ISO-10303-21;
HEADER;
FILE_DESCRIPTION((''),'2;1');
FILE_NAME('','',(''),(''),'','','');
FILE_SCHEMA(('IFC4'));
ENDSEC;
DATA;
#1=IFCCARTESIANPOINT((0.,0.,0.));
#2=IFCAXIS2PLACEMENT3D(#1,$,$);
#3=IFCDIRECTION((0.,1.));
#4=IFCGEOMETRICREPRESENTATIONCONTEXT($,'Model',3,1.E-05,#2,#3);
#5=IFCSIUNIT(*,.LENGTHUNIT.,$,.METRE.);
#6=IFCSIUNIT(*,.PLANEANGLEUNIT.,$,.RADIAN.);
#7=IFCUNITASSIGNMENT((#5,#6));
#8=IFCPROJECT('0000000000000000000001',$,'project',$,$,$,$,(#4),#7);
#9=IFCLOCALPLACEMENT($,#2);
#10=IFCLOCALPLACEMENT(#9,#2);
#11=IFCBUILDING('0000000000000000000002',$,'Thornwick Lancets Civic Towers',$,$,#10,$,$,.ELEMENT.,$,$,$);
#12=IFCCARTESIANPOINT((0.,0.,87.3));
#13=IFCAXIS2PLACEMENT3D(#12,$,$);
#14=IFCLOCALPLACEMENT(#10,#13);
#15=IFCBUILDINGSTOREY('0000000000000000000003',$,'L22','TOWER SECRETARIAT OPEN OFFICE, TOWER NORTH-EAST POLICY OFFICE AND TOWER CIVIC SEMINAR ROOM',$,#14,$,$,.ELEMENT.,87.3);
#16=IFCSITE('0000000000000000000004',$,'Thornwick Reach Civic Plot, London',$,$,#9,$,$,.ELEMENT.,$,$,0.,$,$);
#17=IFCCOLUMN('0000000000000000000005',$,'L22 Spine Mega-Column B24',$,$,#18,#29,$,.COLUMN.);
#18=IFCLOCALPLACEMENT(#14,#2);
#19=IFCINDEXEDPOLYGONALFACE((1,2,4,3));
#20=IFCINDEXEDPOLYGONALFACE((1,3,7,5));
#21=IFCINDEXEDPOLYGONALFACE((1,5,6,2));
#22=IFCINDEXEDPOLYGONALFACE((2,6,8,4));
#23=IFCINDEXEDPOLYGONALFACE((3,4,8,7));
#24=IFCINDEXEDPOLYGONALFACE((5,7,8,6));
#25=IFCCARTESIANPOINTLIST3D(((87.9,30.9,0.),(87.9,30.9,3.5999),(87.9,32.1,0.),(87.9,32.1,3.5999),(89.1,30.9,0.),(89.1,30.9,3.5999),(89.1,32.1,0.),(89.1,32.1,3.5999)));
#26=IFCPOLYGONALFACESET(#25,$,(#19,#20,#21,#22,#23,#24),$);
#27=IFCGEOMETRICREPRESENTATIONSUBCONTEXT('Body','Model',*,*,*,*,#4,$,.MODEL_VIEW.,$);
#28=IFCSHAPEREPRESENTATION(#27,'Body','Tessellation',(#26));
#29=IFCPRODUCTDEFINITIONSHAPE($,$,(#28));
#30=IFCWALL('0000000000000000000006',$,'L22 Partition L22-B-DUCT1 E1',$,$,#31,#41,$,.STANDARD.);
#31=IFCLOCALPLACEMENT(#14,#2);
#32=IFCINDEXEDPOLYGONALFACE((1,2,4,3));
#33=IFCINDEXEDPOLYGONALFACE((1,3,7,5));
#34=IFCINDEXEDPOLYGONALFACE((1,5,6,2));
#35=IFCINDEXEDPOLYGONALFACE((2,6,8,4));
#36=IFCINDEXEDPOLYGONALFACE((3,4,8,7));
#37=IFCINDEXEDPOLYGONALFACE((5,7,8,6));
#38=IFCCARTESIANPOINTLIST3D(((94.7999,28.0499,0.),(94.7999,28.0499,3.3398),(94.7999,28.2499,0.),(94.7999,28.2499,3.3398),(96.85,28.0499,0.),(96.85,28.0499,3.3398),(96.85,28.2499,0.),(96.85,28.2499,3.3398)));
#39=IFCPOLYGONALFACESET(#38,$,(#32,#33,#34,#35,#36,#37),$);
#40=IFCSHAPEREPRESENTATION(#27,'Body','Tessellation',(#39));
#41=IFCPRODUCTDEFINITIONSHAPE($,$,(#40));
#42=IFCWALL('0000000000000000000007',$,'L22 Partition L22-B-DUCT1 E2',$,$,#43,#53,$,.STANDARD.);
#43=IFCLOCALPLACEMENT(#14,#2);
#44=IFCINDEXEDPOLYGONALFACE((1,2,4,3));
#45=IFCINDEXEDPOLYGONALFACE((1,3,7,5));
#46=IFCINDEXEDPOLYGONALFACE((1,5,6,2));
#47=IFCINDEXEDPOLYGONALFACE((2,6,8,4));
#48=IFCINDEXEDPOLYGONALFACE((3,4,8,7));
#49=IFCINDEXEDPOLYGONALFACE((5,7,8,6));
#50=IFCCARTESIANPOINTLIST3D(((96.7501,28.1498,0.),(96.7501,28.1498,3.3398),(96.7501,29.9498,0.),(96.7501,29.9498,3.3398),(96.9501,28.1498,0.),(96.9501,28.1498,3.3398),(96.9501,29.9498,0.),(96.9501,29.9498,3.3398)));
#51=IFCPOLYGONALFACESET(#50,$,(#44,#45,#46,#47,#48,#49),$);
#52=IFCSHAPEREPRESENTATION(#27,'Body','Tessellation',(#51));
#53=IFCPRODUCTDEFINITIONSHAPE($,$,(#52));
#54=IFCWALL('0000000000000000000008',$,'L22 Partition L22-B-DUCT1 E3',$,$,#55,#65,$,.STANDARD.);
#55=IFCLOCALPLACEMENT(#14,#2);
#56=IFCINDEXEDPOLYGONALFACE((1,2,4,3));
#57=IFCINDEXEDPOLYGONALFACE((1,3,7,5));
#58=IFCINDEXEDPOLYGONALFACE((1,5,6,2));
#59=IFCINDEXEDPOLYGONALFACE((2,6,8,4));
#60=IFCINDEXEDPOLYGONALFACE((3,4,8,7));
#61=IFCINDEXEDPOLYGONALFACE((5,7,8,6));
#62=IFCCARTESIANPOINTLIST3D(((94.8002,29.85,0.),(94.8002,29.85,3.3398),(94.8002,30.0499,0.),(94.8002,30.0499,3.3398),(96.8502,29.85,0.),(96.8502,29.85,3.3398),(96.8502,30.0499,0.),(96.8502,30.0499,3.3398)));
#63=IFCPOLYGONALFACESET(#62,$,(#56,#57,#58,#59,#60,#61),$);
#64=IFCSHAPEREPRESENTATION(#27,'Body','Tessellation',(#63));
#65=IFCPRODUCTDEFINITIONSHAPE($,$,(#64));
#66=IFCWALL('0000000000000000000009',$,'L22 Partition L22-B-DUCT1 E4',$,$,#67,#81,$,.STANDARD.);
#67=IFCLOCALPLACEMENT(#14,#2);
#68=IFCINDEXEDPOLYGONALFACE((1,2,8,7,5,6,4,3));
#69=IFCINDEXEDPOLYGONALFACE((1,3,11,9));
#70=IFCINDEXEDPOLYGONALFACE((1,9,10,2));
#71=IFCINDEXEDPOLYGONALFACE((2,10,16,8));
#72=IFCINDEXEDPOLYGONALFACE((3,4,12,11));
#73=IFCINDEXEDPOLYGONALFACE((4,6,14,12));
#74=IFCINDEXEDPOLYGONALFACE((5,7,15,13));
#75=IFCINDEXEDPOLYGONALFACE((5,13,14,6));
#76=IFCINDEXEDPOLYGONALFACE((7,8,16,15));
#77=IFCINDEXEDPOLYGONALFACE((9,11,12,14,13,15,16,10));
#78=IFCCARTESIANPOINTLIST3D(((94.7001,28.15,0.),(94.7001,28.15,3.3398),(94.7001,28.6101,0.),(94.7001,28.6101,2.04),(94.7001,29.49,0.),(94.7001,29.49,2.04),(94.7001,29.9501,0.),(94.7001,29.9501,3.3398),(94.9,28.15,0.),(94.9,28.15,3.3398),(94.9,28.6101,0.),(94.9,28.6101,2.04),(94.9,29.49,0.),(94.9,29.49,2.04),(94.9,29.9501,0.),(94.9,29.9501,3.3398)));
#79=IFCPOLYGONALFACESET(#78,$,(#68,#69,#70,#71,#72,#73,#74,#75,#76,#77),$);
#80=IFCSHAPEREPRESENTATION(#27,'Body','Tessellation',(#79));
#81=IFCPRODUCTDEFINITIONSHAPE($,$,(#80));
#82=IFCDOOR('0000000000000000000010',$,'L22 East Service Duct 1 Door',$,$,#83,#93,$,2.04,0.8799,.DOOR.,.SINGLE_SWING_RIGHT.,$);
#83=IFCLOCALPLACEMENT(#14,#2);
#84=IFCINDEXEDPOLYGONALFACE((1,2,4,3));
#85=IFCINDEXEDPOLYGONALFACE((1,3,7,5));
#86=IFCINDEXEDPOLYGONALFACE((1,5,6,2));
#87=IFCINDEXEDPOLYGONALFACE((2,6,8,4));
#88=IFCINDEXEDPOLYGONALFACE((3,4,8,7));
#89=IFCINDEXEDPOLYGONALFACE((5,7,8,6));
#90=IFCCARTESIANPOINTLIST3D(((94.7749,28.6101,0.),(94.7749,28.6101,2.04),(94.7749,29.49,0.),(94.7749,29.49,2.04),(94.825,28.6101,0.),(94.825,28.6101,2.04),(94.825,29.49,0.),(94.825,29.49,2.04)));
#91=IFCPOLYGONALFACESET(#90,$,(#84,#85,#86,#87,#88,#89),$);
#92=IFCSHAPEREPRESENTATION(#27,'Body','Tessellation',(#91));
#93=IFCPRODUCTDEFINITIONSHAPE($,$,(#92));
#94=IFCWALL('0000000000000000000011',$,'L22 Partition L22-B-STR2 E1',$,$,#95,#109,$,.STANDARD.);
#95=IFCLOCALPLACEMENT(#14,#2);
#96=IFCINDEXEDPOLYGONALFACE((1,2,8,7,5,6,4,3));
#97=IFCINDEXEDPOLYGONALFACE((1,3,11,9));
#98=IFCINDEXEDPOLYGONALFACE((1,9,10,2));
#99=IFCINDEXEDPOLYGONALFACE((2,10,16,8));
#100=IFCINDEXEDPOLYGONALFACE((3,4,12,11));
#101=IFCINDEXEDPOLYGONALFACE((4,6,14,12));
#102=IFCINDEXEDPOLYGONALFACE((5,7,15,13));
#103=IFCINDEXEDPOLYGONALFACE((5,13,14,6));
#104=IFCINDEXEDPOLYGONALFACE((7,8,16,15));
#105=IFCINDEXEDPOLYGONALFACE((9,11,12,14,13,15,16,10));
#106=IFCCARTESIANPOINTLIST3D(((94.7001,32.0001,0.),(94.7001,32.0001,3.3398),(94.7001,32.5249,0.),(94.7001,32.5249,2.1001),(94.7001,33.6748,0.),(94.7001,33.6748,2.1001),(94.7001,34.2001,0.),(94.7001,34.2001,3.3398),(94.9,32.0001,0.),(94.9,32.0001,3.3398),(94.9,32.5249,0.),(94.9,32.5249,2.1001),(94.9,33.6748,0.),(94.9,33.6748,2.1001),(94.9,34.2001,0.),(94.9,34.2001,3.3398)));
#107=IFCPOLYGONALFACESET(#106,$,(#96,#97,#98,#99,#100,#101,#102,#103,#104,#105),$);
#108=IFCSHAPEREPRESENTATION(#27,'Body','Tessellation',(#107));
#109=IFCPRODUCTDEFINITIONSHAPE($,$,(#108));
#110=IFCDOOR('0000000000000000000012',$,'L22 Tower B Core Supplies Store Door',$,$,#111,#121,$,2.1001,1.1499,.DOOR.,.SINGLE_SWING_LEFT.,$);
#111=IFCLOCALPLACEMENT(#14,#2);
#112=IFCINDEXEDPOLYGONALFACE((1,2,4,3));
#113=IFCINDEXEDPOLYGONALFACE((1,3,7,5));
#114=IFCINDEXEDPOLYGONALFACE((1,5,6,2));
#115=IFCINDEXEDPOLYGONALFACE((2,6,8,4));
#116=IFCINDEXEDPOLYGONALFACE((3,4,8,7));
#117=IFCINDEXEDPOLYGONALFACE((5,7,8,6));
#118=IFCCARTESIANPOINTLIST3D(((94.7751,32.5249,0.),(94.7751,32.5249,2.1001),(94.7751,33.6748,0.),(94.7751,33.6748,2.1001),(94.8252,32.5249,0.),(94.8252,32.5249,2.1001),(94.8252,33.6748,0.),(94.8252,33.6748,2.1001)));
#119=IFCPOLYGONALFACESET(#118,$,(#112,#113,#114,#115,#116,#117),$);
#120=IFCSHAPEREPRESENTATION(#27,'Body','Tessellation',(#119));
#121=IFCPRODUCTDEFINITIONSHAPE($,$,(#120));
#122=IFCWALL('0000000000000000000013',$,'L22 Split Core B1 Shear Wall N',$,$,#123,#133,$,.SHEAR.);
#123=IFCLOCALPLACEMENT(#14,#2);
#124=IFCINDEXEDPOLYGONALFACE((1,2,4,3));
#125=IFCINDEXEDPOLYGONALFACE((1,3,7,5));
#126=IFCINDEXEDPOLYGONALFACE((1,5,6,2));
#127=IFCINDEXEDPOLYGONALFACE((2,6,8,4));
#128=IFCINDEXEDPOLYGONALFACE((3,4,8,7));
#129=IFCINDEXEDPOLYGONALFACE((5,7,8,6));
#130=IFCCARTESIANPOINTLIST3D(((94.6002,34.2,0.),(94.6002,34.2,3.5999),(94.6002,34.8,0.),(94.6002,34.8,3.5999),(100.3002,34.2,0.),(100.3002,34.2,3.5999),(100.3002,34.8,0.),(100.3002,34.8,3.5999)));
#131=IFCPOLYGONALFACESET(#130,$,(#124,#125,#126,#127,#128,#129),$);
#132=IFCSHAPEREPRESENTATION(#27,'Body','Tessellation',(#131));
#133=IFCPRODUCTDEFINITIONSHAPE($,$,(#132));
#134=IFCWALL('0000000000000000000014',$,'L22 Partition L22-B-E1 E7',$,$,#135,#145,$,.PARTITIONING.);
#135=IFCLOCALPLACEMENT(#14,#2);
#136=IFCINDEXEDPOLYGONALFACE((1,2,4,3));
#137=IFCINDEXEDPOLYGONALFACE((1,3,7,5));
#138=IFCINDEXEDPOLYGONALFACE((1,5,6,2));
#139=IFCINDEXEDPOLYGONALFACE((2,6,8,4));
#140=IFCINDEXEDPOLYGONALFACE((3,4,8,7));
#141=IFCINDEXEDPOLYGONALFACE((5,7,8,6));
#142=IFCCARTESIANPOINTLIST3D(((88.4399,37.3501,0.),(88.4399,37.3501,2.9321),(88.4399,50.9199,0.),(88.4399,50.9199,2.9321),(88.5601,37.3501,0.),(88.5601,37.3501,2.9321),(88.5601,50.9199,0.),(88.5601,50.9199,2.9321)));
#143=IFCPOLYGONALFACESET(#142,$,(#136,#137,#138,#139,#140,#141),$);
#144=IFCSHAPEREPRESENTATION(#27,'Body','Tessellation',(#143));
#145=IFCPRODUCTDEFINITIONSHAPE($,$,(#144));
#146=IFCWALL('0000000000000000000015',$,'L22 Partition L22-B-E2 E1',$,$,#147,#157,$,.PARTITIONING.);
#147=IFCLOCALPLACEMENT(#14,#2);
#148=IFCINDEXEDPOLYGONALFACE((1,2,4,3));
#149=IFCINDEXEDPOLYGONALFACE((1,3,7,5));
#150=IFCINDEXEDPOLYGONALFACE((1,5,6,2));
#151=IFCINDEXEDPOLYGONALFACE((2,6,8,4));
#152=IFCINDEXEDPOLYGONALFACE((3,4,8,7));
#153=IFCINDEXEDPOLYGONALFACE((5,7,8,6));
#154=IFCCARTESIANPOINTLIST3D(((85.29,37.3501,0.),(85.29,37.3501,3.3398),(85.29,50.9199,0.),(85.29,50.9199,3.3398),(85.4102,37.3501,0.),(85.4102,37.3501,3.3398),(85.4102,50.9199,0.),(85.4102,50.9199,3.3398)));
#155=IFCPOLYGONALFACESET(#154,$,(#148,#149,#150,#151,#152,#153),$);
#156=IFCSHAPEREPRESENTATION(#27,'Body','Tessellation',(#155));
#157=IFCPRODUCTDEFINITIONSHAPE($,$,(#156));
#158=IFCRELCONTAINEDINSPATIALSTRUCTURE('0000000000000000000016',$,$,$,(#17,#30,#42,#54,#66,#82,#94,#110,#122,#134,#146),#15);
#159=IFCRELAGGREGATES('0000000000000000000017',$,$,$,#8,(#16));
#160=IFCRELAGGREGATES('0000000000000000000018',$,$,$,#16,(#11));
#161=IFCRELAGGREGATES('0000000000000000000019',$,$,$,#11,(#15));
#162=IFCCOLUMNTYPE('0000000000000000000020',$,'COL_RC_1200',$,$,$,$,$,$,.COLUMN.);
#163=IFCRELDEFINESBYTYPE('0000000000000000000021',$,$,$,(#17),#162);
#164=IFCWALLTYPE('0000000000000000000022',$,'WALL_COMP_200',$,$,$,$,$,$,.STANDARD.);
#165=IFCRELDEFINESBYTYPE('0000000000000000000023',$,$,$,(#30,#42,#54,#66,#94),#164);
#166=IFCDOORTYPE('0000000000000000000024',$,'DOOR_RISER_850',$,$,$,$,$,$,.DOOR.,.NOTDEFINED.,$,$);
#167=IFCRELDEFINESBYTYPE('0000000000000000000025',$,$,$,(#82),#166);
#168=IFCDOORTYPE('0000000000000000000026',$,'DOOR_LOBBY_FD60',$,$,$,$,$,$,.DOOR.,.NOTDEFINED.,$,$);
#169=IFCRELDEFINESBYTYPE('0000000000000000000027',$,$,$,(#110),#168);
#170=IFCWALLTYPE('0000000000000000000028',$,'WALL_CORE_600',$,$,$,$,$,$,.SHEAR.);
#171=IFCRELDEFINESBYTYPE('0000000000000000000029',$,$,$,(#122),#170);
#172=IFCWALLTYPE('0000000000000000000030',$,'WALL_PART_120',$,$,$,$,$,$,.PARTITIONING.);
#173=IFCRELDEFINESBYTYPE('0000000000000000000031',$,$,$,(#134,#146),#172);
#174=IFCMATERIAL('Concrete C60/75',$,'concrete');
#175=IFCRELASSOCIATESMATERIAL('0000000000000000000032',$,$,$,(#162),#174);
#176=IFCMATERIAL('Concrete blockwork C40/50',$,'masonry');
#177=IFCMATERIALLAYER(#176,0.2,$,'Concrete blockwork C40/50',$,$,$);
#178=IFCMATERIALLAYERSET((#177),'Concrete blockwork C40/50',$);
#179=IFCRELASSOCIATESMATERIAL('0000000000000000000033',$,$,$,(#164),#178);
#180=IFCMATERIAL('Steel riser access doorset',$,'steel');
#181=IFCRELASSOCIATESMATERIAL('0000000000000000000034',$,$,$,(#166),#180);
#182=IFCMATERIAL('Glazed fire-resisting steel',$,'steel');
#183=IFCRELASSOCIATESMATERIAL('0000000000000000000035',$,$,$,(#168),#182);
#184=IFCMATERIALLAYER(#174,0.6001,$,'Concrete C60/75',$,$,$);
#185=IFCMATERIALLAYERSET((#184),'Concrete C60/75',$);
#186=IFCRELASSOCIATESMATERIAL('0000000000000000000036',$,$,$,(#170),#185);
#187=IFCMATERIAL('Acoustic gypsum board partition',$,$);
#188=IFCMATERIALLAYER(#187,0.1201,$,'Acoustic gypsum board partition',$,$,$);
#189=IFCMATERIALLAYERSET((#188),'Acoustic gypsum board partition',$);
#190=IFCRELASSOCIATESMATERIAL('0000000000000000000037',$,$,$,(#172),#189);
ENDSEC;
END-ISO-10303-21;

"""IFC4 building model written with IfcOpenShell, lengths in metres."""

from ifc_helpers import new_model, si_unit, direction, frame, frame_2d, origin, origin_2d, place, context, subcontext, project, spatial, rectangle, extrude, material, layer, layer_set, material_profile, profile_set, type_object, element, fill, save


model = new_model("IFC4")

# Units and contexts
model_context = context("Model", 3, precision=1e-05, world=origin(), true_north=direction((0.0, 1.0)))
body_context = subcontext(model_context, "Body", "Model", "MODEL_VIEW")
ifc_project = project(units=[si_unit("LENGTHUNIT", "METRE"), si_unit("PLANEANGLEUNIT", "RADIAN")], contexts=[model_context])

# Site, building, storey
site_placement = place(None, origin())
site = spatial("IfcSite", under=ifc_project, at=site_placement, Name="Thornwick Reach Civic Plot, London", CompositionType="ELEMENT", RefElevation=0.0)
building_placement = place(site_placement, origin())
building = spatial("IfcBuilding", under=site, at=building_placement, Name="Thornwick Lancets Civic Towers", CompositionType="ELEMENT")
storey_placement = place(building_placement, frame((0.0, 0.0, 87.3)))
storey = spatial("IfcBuildingStorey", under=building, at=storey_placement, Name="L22", Description="TOWER SECRETARIAT OPEN OFFICE, TOWER NORTH-EAST POLICY OFFICE AND TOWER CIVIC SEMINAR ROOM", CompositionType="ELEMENT", Elevation=87.3)

# Column
ifc_material_1 = material(Name="Concrete C60/75", Category="concrete")
ifc_material_profile = material_profile(ifc_material_1, rectangle(XDim=1.2, YDim=1.2, at=origin_2d()), Name="RC 1200x1200")
ifc_profile_set = profile_set([ifc_material_profile], Name="Concrete C60/75")
column_type = type_object("IfcColumnType", Name="COL_RC_1200", PredefinedType="COLUMN", material=ifc_profile_set)
column_placement = place(storey_placement, frame((88.5, 31.5, 0.0), z_axis=(0.0, 0.0, 1.0), x_axis=(1.0, 0.0, 0.0)))
element("IfcColumn", 1, at=column_placement, inside=storey, type_object=column_type, Name="L22 Spine Mega-Column B24", PredefinedType="COLUMN", context=body_context, shape_type="SweptSolid", body=[
    extrude(rectangle(XDim=1.2, YDim=1.2, at=origin_2d()), origin(), (0.0, 0.0, 1.0), 3.5999),
])

# Walls
ifc_material_2 = material(Name="Concrete blockwork C40/50", Category="masonry")
ifc_layer_1 = layer(ifc_material_2, 0.2, Name="Concrete blockwork C40/50")
ifc_layer_set_1 = layer_set([ifc_layer_1], Name="Concrete blockwork C40/50")
wall_type_1 = type_object("IfcWallType", Name="WALL_COMP_200", PredefinedType="STANDARD", material=ifc_layer_set_1)
wall_1_placement = place(storey_placement, frame((94.8, 28.1499, 0.0), z_axis=(0.0, 0.0, 1.0), x_axis=(1.0, 0.0, 0.0)))
element("IfcWall", 2, at=wall_1_placement, inside=storey, type_object=wall_type_1, Name="L22 Partition L22-B-DUCT1 E1", PredefinedType="STANDARD", context=body_context, shape_type="SweptSolid", body=[
    extrude(rectangle(XDim=2.05, YDim=0.2, at=frame_2d((1.0249, 0.0))), origin(), (0.0, 0.0, 1.0), 3.3398),
])
wall_2_placement = place(storey_placement, frame((96.8501, 28.1499, 0.0), z_axis=(0.0, 0.0, 1.0), x_axis=(0.0, 1.0, 0.0)))
element("IfcWall", 3, at=wall_2_placement, inside=storey, type_object=wall_type_1, Name="L22 Partition L22-B-DUCT1 E2", PredefinedType="STANDARD", context=body_context, shape_type="SweptSolid", body=[
    extrude(rectangle(XDim=1.8, YDim=0.2, at=frame_2d((0.8999, 0.0))), origin(), (0.0, 0.0, 1.0), 3.3398),
])
wall_3_placement = place(storey_placement, frame((96.8501, 29.95, 0.0), z_axis=(0.0, 0.0, 1.0), x_axis=(-1.0, 0.0, 0.0)))
element("IfcWall", 4, at=wall_3_placement, inside=storey, type_object=wall_type_1, Name="L22 Partition L22-B-DUCT1 E3", PredefinedType="STANDARD", context=body_context, shape_type="SweptSolid", body=[
    extrude(rectangle(XDim=2.05, YDim=0.2, at=frame_2d((1.0249, 0.0))), origin(), (0.0, 0.0, 1.0), 3.3398),
])

# Walls, openings, doors
wall_4_placement = place(storey_placement, frame((94.8, 29.95, 0.0), z_axis=(0.0, 0.0, 1.0), x_axis=(0.0, -1.0, 0.0)))
wall_4 = element("IfcWall", 5, at=wall_4_placement, inside=storey, type_object=wall_type_1, Name="L22 Partition L22-B-DUCT1 E4", PredefinedType="STANDARD", context=body_context, shape_type="SweptSolid", body=[
    extrude(rectangle(XDim=1.8, YDim=0.2, at=frame_2d((0.8999, 0.0))), origin(), (0.0, 0.0, 1.0), 3.3398),
])
opening_1_placement = place(wall_4_placement, frame((0.46, 0.0, 0.0)))
opening_1 = element("IfcOpeningElement", 6, at=opening_1_placement, cuts=wall_4, PredefinedType="OPENING", context=body_context, shape_type="SweptSolid", body=[
    extrude(rectangle(XDim=0.8799, YDim=2.04, at=frame_2d((0.4399, 1.02))), frame((0.0, 0.1099, 0.0), z_axis=(0.0, -1.0, 0.0), x_axis=(1.0, 0.0, 0.0)), (0.0, 0.0, 1.0), 0.22),
])
ifc_material_3 = material(Name="Steel riser access doorset", Category="steel")
door_type_1 = type_object("IfcDoorType", Name="DOOR_RISER_850", OperationType="NOTDEFINED", PredefinedType="DOOR", material=ifc_material_3)
door_1_placement = place(opening_1_placement, origin())
door_1 = element("IfcDoor", 7, at=door_1_placement, inside=storey, type_object=door_type_1, Name="L22 East Service Duct 1 Door", OperationType="SINGLE_SWING_RIGHT", OverallHeight=2.04, OverallWidth=0.8799, PredefinedType="DOOR", context=body_context, shape_type="SweptSolid", body=[
    extrude(rectangle(XDim=0.8799, YDim=2.04, at=frame_2d((0.4399, 1.02))), frame((0.0, 0.0249, 0.0), z_axis=(0.0, -1.0, 0.0), x_axis=(1.0, 0.0, 0.0)), (0.0, 0.0, 1.0), 0.05),
])
fill(opening_1, door_1)
wall_5_placement = place(storey_placement, frame((94.8, 32.0, 0.0), z_axis=(0.0, 0.0, 1.0), x_axis=(0.0, 1.0, 0.0)))
wall_5 = element("IfcWall", 8, at=wall_5_placement, inside=storey, type_object=wall_type_1, Name="L22 Partition L22-B-STR2 E1", PredefinedType="STANDARD", context=body_context, shape_type="SweptSolid", body=[
    extrude(rectangle(XDim=2.2, YDim=0.2, at=frame_2d((1.1001, 0.0))), origin(), (0.0, 0.0, 1.0), 3.3398),
])
opening_2_placement = place(wall_5_placement, frame((0.5249, 0.0, 0.0)))
opening_2 = element("IfcOpeningElement", 9, at=opening_2_placement, cuts=wall_5, PredefinedType="OPENING", context=body_context, shape_type="SweptSolid", body=[
    extrude(rectangle(XDim=1.1499, YDim=2.1001, at=frame_2d((0.575, 1.05))), frame((0.0, 0.1099, 0.0), z_axis=(0.0, -1.0, 0.0), x_axis=(1.0, 0.0, 0.0)), (0.0, 0.0, 1.0), 0.22),
])
ifc_material_4 = material(Name="Glazed fire-resisting steel", Category="steel")
door_type_2 = type_object("IfcDoorType", Name="DOOR_LOBBY_FD60", OperationType="NOTDEFINED", PredefinedType="DOOR", material=ifc_material_4)
door_2_placement = place(opening_2_placement, origin())
door_2 = element("IfcDoor", 10, at=door_2_placement, inside=storey, type_object=door_type_2, Name="L22 Tower B Core Supplies Store Door", OperationType="SINGLE_SWING_LEFT", OverallHeight=2.1001, OverallWidth=1.1499, PredefinedType="DOOR", context=body_context, shape_type="SweptSolid", body=[
    extrude(rectangle(XDim=1.1499, YDim=2.1001, at=frame_2d((0.575, 1.05))), frame((0.0, 0.0249, 0.0), z_axis=(0.0, -1.0, 0.0), x_axis=(1.0, 0.0, 0.0)), (0.0, 0.0, 1.0), 0.05),
])
fill(opening_2, door_2)

# Walls
ifc_layer_2 = layer(ifc_material_1, 0.6001, Name="Concrete C60/75")
ifc_layer_set_2 = layer_set([ifc_layer_2], Name="Concrete C60/75")
wall_type_2 = type_object("IfcWallType", Name="WALL_CORE_600", PredefinedType="SHEAR", material=ifc_layer_set_2)
wall_6_placement = place(storey_placement, frame((94.6001, 34.5, 0.0), z_axis=(0.0, 0.0, 1.0), x_axis=(1.0, 0.0, 0.0)))
element("IfcWall", 11, at=wall_6_placement, inside=storey, type_object=wall_type_2, Name="L22 Split Core B1 Shear Wall N", PredefinedType="SHEAR", context=body_context, shape_type="SweptSolid", body=[
    extrude(rectangle(XDim=5.7, YDim=0.6001, at=frame_2d((2.8501, 0.0))), origin(), (0.0, 0.0, 1.0), 3.5999),
])
ifc_material_5 = material(Name="Acoustic gypsum board partition")
ifc_layer_3 = layer(ifc_material_5, 0.1201, Name="Acoustic gypsum board partition")
ifc_layer_set_3 = layer_set([ifc_layer_3], Name="Acoustic gypsum board partition")
wall_type_3 = type_object("IfcWallType", Name="WALL_PART_120", PredefinedType="PARTITIONING", material=ifc_layer_set_3)
wall_7_placement = place(storey_placement, frame((88.5, 37.3501, 0.0), z_axis=(0.0, 0.0, 1.0), x_axis=(0.0, 1.0, 0.0)))
element("IfcWall", 12, at=wall_7_placement, inside=storey, type_object=wall_type_3, Name="L22 Partition L22-B-E1 E7", PredefinedType="PARTITIONING", context=body_context, shape_type="SweptSolid", body=[
    extrude(rectangle(XDim=13.5698, YDim=0.1201, at=frame_2d((6.7849, 0.0))), origin(), (0.0, 0.0, 1.0), 2.9321),
])
wall_8_placement = place(storey_placement, frame((85.3501, 37.3501, 0.0), z_axis=(0.0, 0.0, 1.0), x_axis=(0.0, 1.0, 0.0)))
element("IfcWall", 13, at=wall_8_placement, inside=storey, type_object=wall_type_3, Name="L22 Partition L22-B-E2 E1", PredefinedType="PARTITIONING", context=body_context, shape_type="SweptSolid", body=[
    extrude(rectangle(XDim=13.5698, YDim=0.1201, at=frame_2d((6.7849, 0.0))), origin(), (0.0, 0.0, 1.0), 3.3398),
])

save(model, "model.ifc")
